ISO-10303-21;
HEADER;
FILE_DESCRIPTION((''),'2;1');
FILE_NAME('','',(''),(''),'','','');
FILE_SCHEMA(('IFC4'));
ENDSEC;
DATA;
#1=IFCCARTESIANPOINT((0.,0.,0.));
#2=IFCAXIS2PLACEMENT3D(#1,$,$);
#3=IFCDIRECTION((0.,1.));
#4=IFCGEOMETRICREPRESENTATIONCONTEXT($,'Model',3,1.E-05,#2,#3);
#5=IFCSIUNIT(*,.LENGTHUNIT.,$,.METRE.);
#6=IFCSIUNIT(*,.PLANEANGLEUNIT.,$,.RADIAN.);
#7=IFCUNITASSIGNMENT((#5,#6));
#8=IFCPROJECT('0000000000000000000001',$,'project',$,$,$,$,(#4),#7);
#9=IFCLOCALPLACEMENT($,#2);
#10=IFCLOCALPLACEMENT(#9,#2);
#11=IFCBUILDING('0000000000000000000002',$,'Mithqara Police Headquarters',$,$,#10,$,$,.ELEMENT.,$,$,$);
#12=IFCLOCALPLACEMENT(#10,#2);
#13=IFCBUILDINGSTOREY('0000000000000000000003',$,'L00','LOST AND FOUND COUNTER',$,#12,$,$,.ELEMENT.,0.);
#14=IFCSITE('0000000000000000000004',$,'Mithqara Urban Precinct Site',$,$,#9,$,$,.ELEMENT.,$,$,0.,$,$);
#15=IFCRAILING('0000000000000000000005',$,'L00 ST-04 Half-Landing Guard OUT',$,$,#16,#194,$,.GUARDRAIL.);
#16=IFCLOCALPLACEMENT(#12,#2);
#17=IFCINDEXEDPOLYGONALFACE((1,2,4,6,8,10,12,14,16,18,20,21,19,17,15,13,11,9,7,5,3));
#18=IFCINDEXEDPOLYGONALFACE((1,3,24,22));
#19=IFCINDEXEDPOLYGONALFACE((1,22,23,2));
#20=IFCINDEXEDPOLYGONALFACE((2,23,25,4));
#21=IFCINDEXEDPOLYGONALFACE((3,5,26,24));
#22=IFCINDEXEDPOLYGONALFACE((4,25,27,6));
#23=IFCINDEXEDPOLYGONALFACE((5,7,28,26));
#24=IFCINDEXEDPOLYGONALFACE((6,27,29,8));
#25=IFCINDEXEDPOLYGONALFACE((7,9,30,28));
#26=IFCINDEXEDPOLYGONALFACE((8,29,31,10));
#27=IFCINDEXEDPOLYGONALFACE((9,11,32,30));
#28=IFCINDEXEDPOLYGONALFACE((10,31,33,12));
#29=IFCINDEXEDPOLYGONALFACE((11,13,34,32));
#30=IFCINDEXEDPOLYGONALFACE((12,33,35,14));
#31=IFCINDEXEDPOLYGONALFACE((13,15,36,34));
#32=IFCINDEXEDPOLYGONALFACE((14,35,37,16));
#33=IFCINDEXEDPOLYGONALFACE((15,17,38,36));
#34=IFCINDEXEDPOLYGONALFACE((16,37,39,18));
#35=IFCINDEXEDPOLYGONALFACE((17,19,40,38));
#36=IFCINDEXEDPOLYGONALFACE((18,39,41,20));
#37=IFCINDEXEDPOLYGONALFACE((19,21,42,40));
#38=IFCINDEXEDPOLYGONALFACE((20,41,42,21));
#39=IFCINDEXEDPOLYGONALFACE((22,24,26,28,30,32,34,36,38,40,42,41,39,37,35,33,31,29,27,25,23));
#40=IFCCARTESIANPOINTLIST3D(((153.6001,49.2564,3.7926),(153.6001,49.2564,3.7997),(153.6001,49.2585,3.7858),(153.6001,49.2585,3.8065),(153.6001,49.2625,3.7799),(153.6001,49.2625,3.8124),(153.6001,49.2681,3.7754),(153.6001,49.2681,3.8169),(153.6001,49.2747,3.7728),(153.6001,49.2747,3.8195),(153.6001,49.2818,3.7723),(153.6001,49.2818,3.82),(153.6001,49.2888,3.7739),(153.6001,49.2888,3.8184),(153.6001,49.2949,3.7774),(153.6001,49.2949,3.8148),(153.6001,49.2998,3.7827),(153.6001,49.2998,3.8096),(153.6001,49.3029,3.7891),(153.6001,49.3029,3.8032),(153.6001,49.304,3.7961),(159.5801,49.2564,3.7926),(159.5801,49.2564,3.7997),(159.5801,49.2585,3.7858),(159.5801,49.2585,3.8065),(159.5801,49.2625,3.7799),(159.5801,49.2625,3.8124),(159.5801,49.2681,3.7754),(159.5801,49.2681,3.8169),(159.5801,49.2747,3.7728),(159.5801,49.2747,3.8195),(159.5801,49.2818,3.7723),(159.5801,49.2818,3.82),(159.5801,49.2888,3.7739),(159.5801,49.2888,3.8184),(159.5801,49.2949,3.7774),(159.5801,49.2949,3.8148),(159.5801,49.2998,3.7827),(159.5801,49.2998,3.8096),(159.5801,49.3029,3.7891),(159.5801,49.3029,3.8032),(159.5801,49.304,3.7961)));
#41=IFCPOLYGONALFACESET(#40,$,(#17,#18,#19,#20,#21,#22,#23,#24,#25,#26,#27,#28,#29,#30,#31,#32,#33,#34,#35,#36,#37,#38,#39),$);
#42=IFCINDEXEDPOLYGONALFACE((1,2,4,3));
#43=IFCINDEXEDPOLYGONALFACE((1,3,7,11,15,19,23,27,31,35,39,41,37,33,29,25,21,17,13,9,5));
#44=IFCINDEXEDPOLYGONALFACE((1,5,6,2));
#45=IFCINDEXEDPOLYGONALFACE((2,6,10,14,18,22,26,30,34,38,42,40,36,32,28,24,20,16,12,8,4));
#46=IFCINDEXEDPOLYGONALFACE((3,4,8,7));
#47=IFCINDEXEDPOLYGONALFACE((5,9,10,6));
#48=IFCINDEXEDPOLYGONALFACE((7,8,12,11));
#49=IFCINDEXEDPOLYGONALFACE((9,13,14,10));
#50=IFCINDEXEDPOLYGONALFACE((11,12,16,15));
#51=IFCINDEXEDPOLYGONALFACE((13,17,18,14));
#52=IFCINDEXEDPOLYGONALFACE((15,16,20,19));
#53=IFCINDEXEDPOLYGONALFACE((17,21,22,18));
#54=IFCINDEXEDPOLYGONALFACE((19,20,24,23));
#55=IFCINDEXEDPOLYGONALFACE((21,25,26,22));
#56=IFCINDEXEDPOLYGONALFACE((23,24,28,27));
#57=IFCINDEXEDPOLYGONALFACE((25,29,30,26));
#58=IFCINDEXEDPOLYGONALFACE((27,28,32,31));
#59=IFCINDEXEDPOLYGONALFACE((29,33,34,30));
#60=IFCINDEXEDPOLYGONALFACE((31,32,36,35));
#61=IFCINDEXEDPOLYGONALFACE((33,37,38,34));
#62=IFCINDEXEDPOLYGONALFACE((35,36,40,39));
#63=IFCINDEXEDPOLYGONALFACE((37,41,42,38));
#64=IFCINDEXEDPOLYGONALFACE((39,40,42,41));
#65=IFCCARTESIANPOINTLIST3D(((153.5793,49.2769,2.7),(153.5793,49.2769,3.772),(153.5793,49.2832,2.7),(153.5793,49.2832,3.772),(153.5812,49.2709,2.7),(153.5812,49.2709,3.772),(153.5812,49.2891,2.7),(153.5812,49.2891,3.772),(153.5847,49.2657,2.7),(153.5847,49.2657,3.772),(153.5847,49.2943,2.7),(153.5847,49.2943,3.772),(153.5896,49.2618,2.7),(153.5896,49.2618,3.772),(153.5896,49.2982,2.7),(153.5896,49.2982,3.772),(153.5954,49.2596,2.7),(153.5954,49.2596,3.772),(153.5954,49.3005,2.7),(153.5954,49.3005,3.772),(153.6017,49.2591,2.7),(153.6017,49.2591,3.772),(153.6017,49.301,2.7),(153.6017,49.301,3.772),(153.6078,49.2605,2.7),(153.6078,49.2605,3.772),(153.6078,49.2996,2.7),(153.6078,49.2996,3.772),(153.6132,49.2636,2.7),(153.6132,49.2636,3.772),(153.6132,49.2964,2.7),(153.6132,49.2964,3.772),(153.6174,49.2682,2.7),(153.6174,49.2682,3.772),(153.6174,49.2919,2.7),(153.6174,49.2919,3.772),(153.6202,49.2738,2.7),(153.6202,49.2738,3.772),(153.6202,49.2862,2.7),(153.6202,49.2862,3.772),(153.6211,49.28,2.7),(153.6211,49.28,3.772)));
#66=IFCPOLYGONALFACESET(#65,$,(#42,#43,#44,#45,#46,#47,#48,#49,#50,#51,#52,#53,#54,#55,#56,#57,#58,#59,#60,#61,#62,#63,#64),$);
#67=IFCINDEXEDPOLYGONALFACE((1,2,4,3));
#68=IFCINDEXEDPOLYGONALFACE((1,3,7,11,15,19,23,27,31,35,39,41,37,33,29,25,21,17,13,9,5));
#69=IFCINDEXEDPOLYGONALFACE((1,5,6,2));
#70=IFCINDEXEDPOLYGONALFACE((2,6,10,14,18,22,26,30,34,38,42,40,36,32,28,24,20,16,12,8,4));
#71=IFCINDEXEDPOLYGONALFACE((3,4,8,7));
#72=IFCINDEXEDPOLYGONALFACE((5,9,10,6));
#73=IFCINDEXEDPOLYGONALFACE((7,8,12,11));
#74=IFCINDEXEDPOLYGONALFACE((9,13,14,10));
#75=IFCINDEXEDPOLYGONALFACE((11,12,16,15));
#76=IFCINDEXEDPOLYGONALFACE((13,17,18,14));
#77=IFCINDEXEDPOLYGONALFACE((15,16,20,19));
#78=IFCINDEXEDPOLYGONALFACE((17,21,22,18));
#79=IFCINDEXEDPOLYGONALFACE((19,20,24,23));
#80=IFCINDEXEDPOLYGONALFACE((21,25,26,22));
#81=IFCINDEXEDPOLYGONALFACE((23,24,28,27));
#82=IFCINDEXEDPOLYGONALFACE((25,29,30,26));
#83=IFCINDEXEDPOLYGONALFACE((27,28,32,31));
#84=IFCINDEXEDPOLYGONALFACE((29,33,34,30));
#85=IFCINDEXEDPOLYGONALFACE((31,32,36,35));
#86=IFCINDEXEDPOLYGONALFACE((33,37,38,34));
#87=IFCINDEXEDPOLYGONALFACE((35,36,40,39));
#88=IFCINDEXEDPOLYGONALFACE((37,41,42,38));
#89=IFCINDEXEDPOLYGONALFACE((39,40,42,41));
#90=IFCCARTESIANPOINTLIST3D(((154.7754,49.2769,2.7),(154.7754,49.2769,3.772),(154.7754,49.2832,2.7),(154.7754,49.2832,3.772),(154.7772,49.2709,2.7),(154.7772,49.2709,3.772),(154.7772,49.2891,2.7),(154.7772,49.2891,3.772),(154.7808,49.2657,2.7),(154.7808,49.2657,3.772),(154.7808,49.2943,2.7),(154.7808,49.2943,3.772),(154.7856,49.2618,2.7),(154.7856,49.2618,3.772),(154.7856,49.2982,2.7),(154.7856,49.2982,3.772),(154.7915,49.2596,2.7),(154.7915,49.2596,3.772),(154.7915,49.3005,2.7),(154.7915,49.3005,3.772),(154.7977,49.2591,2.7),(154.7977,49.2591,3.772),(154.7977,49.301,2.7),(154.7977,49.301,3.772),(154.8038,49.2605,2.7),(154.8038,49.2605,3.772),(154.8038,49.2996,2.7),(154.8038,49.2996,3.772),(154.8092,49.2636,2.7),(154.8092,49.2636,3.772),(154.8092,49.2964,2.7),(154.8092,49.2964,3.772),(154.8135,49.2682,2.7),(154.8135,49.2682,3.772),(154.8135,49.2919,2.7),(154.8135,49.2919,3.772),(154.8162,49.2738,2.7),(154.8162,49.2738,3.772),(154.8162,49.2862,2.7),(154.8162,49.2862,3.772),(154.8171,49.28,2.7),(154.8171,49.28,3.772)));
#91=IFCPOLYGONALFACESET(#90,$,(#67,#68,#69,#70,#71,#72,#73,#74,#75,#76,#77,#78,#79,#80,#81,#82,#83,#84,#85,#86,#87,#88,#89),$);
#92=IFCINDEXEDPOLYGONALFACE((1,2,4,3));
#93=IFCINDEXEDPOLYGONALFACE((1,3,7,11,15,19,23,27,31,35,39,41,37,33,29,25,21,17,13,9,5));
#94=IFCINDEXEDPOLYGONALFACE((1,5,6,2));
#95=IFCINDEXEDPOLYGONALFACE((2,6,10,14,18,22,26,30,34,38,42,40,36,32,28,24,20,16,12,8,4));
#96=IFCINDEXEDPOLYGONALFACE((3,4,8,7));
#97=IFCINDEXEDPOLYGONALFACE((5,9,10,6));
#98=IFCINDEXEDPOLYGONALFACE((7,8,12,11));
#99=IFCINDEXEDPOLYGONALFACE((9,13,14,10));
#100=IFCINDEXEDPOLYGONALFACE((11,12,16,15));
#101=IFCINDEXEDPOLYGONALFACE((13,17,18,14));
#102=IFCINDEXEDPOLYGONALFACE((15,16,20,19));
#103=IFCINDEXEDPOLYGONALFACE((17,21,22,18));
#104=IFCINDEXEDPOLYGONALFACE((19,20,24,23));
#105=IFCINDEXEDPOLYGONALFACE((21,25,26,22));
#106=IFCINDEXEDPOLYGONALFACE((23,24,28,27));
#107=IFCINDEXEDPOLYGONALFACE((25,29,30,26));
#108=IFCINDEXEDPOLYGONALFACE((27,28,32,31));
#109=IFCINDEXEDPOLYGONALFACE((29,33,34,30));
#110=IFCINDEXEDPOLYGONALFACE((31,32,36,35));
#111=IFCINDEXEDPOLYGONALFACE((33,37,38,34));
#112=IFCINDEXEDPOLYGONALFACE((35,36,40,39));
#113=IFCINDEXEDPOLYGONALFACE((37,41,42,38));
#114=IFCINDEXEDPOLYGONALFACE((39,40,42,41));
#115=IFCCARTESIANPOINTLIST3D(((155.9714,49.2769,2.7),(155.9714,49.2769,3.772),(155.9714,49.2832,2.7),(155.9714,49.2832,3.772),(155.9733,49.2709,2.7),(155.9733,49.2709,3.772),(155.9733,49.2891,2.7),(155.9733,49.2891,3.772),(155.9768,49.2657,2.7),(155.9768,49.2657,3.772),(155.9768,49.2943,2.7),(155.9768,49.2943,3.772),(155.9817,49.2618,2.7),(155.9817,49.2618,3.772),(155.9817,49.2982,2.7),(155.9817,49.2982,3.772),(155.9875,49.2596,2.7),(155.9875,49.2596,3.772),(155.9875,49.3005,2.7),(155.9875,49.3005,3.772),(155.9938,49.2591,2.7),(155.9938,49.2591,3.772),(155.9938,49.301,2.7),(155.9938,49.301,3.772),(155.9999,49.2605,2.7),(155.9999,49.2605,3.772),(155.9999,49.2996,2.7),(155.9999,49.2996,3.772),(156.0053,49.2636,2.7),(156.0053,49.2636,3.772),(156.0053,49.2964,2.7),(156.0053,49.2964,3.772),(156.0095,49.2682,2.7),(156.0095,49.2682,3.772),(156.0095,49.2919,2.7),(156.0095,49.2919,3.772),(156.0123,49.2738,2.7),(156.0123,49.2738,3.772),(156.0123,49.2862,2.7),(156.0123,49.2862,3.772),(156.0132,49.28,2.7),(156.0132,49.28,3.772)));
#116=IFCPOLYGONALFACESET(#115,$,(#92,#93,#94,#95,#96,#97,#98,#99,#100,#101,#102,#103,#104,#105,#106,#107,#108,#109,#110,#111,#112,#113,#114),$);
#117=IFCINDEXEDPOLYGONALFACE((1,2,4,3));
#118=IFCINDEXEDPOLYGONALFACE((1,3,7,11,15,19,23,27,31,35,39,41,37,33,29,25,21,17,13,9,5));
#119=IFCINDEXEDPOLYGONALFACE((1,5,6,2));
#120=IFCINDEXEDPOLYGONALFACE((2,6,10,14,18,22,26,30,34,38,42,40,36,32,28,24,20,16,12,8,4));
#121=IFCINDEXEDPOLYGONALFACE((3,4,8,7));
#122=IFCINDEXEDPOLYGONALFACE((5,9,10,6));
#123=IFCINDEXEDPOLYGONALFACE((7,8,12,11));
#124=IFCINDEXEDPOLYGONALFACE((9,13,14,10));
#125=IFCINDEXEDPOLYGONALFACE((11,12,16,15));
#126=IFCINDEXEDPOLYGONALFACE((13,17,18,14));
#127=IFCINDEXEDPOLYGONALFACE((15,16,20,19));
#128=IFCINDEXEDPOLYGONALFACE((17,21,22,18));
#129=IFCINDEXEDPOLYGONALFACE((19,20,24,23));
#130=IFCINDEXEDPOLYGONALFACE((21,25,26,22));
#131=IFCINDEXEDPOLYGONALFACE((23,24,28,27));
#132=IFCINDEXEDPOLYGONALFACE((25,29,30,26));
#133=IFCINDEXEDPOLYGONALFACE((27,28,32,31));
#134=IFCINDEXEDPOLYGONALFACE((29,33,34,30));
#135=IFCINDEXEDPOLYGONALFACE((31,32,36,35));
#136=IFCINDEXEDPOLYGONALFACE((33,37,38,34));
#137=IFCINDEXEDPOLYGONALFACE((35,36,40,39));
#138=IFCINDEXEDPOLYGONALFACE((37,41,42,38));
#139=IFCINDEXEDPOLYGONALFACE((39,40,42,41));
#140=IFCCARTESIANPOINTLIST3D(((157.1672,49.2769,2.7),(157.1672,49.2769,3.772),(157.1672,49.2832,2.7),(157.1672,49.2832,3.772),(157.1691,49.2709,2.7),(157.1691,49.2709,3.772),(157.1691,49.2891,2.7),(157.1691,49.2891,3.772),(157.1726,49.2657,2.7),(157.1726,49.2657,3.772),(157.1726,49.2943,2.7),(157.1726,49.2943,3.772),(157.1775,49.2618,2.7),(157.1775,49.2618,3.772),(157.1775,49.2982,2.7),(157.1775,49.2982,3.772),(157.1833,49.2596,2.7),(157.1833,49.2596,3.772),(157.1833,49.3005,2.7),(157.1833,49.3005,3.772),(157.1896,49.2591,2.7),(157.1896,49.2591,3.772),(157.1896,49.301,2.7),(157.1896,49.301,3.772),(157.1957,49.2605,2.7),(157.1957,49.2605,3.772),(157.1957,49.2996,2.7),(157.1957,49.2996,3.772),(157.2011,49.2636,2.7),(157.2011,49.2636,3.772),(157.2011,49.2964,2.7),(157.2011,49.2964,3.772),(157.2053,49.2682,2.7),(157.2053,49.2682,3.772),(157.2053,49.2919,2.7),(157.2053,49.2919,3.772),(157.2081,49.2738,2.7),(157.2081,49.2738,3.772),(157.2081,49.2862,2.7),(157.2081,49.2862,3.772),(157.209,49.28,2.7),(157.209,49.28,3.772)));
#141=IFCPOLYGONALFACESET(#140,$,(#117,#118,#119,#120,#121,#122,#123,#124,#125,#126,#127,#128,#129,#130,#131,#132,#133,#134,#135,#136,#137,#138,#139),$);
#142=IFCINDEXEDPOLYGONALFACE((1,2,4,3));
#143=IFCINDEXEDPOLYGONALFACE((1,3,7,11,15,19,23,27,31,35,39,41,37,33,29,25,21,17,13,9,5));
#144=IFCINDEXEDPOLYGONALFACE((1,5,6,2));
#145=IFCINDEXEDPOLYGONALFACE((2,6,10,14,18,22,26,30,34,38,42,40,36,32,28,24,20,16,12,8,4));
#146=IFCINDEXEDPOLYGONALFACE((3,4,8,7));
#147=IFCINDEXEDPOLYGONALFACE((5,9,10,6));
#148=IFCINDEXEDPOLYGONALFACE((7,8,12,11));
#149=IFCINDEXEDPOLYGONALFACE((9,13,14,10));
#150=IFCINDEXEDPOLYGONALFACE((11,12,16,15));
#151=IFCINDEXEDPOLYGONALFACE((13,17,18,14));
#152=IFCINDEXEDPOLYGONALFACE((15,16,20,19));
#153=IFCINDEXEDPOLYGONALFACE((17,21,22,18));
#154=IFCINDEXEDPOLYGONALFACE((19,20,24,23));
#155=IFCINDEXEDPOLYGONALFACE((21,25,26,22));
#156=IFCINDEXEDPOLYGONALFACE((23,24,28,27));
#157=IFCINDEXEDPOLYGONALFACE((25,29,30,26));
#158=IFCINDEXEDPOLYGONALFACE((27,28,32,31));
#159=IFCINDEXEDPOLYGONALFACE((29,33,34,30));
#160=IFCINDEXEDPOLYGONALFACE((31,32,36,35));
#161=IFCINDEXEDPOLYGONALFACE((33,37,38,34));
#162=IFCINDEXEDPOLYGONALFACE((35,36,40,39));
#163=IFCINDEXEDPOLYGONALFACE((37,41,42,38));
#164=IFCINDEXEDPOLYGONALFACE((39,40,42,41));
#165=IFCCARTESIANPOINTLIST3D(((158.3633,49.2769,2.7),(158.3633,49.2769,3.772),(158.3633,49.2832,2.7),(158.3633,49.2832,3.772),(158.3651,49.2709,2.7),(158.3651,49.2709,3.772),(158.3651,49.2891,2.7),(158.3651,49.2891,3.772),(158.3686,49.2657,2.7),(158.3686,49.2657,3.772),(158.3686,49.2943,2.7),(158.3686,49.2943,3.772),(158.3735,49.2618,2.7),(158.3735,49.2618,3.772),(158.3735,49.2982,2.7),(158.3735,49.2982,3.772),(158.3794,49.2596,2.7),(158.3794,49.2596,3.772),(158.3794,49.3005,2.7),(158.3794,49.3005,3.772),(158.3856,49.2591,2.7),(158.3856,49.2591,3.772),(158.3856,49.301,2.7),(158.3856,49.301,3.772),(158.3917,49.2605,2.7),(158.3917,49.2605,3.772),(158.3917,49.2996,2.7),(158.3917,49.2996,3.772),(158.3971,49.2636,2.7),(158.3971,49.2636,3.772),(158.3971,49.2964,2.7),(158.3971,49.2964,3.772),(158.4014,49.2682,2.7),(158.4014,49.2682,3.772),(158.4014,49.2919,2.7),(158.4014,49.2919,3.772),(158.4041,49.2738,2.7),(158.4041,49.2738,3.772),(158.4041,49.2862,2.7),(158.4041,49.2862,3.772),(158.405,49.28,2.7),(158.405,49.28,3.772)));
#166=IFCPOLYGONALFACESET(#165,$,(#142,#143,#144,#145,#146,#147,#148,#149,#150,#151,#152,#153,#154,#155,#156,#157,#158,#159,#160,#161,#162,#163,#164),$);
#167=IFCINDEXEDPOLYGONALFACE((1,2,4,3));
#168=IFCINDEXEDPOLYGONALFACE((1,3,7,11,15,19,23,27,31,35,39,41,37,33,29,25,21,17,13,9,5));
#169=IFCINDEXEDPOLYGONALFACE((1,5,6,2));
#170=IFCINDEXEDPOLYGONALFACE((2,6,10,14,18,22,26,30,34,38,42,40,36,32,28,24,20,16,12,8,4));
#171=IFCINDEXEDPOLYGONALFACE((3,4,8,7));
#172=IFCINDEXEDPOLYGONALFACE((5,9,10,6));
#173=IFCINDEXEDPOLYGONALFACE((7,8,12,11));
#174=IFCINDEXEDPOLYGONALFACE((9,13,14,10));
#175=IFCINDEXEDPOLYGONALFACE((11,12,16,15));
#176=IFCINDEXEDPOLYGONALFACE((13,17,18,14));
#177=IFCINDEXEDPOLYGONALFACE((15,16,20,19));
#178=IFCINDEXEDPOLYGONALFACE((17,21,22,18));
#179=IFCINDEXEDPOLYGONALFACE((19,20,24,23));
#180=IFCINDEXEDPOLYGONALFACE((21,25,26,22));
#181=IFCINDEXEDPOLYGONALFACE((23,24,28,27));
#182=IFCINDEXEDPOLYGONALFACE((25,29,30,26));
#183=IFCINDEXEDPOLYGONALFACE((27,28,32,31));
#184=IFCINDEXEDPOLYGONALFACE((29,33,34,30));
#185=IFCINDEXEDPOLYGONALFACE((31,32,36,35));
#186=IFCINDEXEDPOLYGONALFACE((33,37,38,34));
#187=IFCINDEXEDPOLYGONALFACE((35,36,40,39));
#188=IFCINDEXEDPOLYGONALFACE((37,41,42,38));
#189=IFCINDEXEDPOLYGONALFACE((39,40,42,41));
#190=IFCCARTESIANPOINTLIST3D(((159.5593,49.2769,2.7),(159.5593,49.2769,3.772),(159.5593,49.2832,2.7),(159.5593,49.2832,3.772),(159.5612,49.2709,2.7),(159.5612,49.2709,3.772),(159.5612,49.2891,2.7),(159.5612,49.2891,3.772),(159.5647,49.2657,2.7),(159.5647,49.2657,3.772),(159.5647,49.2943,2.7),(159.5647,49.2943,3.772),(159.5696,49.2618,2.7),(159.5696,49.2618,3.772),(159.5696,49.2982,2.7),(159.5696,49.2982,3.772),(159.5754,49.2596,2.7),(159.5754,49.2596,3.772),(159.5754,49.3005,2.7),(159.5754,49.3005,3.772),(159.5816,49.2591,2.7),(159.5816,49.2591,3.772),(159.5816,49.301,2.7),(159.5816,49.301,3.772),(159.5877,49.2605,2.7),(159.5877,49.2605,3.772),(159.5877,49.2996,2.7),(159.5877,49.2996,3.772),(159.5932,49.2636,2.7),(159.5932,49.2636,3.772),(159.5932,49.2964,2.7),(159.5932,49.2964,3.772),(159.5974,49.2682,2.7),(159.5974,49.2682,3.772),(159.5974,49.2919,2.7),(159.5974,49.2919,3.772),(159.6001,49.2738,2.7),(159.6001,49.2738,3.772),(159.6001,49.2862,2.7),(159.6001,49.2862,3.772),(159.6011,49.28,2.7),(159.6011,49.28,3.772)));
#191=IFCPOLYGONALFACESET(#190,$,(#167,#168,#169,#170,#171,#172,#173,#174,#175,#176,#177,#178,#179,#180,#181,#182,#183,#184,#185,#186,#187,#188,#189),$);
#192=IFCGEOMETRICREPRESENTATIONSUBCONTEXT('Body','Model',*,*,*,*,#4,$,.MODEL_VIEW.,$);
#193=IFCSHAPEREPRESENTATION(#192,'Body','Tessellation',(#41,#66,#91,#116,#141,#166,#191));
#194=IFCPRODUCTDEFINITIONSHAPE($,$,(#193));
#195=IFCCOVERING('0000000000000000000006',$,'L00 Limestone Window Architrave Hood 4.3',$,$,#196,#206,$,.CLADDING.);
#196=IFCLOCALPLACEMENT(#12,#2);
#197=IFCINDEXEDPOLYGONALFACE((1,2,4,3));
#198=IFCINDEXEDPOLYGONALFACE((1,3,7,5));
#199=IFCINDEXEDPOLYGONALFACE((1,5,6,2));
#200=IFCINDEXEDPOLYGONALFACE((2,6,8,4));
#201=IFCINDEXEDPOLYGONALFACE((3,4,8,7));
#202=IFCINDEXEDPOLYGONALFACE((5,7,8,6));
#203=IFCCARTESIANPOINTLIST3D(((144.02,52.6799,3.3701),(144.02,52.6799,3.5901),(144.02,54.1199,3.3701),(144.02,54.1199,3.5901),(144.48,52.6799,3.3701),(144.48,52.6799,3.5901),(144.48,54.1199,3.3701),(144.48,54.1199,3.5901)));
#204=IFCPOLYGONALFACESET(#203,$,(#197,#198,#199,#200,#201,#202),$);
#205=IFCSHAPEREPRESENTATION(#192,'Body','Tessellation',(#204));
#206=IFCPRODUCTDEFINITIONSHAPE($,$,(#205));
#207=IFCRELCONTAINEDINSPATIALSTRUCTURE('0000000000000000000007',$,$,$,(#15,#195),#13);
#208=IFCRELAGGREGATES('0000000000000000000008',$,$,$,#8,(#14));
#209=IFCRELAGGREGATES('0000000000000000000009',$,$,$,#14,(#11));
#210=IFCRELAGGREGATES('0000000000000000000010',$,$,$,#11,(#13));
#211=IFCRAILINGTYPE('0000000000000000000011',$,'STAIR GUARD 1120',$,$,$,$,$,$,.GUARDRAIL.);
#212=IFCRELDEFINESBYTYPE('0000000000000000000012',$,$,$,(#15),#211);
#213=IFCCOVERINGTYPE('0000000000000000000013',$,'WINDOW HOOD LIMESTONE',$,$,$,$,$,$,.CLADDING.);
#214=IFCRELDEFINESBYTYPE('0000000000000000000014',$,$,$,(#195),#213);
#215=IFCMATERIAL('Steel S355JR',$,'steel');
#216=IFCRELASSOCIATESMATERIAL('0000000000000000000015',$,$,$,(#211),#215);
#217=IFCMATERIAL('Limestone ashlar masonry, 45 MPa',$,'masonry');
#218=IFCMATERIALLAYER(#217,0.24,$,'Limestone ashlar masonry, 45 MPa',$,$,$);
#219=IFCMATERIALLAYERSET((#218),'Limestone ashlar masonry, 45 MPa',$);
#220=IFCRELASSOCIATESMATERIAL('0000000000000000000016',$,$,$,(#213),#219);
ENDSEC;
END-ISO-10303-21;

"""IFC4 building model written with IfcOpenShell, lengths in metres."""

from ifc_helpers import new_model, si_unit, direction, frame, origin, origin_2d, place, context, subcontext, project, spatial, rectangle, circle, extrude, material, layer, layer_set, type_object, element, save


model = new_model("IFC4")

# Units and contexts
model_context = context("Model", 3, precision=1e-05, world=origin(), true_north=direction((0.0, 1.0)))
body_context = subcontext(model_context, "Body", "Model", "MODEL_VIEW")
ifc_project = project(units=[si_unit("LENGTHUNIT", "METRE"), si_unit("PLANEANGLEUNIT", "RADIAN")], contexts=[model_context])

# Site, building, storey
site_placement = place(None, origin())
site = spatial("IfcSite", under=ifc_project, at=site_placement, Name="Mithqara Urban Precinct Site", CompositionType="ELEMENT", RefElevation=0.0)
building_placement = place(site_placement, origin())
building = spatial("IfcBuilding", under=site, at=building_placement, Name="Mithqara Police Headquarters", CompositionType="ELEMENT")
storey_placement = place(building_placement, origin())
storey = spatial("IfcBuildingStorey", under=building, at=storey_placement, Name="L00", Description="LOST AND FOUND COUNTER", CompositionType="ELEMENT", Elevation=0.0)

# Shared definitions
ifc_material_1 = material(Name="Steel S355JR", Category="steel")

# Railing
railing_type = type_object("IfcRailingType", Name="STAIR GUARD 1120", PredefinedType="GUARDRAIL", material=ifc_material_1)
for number, where, name in (
    (1, (153.6001, 49.28, 2.7), "L00 ST-04 Half-Landing Guard OUT"),
):
    element("IfcRailing", number, at=place(storey_placement, frame(where)), inside=storey, type_object=railing_type, Name=name, PredefinedType="GUARDRAIL", context=body_context, shape_type="SweptSolid", body=[
        extrude(circle(Radius=0.0239, at=origin_2d()), frame((0.0, 0.0, 1.0962), z_axis=(1.0, 0.0, 0.0), x_axis=(0.0, 1.0, 0.0)), (0.0, 0.0, 1.0), 5.98),
        extrude(circle(Radius=0.021, at=origin_2d()), origin(), (0.0, 0.0, 1.0), 1.072),
        extrude(circle(Radius=0.021, at=origin_2d()), frame((1.196, 0.0, 0.0)), (0.0, 0.0, 1.0), 1.072),
        extrude(circle(Radius=0.021, at=origin_2d()), frame((2.3921, 0.0, 0.0)), (0.0, 0.0, 1.0), 1.072),
        extrude(circle(Radius=0.021, at=origin_2d()), frame((3.5879, 0.0, 0.0)), (0.0, 0.0, 1.0), 1.072),
        extrude(circle(Radius=0.021, at=origin_2d()), frame((4.7839, 0.0, 0.0)), (0.0, 0.0, 1.0), 1.072),
        extrude(circle(Radius=0.021, at=origin_2d()), frame((5.98, 0.0, 0.0)), (0.0, 0.0, 1.0), 1.072),
    ])

# Covering
ifc_material_2 = material(Name="Limestone ashlar masonry, 45 MPa", Category="masonry")
ifc_layer_1 = layer(ifc_material_2, 0.24, Name="Limestone ashlar masonry, 45 MPa")
ifc_layer_set_1 = layer_set([ifc_layer_1], Name="Limestone ashlar masonry, 45 MPa")
covering_type = type_object("IfcCoveringType", Name="WINDOW HOOD LIMESTONE", PredefinedType="CLADDING", material=ifc_layer_set_1)
covering_placement = place(storey_placement, frame((144.25, 53.3999, 3.3701), z_axis=(0.0, 0.0, 1.0), x_axis=(0.0, 1.0, 0.0)))
element("IfcCovering", 2, at=covering_placement, inside=storey, type_object=covering_type, Name="L00 Limestone Window Architrave Hood 4.3", PredefinedType="CLADDING", context=body_context, shape_type="SweptSolid", body=[
    extrude(rectangle(XDim=1.4399, YDim=0.46, at=origin_2d()), origin(), (0.0, 0.0, 1.0), 0.22),
])

save(model, "model.ifc")
